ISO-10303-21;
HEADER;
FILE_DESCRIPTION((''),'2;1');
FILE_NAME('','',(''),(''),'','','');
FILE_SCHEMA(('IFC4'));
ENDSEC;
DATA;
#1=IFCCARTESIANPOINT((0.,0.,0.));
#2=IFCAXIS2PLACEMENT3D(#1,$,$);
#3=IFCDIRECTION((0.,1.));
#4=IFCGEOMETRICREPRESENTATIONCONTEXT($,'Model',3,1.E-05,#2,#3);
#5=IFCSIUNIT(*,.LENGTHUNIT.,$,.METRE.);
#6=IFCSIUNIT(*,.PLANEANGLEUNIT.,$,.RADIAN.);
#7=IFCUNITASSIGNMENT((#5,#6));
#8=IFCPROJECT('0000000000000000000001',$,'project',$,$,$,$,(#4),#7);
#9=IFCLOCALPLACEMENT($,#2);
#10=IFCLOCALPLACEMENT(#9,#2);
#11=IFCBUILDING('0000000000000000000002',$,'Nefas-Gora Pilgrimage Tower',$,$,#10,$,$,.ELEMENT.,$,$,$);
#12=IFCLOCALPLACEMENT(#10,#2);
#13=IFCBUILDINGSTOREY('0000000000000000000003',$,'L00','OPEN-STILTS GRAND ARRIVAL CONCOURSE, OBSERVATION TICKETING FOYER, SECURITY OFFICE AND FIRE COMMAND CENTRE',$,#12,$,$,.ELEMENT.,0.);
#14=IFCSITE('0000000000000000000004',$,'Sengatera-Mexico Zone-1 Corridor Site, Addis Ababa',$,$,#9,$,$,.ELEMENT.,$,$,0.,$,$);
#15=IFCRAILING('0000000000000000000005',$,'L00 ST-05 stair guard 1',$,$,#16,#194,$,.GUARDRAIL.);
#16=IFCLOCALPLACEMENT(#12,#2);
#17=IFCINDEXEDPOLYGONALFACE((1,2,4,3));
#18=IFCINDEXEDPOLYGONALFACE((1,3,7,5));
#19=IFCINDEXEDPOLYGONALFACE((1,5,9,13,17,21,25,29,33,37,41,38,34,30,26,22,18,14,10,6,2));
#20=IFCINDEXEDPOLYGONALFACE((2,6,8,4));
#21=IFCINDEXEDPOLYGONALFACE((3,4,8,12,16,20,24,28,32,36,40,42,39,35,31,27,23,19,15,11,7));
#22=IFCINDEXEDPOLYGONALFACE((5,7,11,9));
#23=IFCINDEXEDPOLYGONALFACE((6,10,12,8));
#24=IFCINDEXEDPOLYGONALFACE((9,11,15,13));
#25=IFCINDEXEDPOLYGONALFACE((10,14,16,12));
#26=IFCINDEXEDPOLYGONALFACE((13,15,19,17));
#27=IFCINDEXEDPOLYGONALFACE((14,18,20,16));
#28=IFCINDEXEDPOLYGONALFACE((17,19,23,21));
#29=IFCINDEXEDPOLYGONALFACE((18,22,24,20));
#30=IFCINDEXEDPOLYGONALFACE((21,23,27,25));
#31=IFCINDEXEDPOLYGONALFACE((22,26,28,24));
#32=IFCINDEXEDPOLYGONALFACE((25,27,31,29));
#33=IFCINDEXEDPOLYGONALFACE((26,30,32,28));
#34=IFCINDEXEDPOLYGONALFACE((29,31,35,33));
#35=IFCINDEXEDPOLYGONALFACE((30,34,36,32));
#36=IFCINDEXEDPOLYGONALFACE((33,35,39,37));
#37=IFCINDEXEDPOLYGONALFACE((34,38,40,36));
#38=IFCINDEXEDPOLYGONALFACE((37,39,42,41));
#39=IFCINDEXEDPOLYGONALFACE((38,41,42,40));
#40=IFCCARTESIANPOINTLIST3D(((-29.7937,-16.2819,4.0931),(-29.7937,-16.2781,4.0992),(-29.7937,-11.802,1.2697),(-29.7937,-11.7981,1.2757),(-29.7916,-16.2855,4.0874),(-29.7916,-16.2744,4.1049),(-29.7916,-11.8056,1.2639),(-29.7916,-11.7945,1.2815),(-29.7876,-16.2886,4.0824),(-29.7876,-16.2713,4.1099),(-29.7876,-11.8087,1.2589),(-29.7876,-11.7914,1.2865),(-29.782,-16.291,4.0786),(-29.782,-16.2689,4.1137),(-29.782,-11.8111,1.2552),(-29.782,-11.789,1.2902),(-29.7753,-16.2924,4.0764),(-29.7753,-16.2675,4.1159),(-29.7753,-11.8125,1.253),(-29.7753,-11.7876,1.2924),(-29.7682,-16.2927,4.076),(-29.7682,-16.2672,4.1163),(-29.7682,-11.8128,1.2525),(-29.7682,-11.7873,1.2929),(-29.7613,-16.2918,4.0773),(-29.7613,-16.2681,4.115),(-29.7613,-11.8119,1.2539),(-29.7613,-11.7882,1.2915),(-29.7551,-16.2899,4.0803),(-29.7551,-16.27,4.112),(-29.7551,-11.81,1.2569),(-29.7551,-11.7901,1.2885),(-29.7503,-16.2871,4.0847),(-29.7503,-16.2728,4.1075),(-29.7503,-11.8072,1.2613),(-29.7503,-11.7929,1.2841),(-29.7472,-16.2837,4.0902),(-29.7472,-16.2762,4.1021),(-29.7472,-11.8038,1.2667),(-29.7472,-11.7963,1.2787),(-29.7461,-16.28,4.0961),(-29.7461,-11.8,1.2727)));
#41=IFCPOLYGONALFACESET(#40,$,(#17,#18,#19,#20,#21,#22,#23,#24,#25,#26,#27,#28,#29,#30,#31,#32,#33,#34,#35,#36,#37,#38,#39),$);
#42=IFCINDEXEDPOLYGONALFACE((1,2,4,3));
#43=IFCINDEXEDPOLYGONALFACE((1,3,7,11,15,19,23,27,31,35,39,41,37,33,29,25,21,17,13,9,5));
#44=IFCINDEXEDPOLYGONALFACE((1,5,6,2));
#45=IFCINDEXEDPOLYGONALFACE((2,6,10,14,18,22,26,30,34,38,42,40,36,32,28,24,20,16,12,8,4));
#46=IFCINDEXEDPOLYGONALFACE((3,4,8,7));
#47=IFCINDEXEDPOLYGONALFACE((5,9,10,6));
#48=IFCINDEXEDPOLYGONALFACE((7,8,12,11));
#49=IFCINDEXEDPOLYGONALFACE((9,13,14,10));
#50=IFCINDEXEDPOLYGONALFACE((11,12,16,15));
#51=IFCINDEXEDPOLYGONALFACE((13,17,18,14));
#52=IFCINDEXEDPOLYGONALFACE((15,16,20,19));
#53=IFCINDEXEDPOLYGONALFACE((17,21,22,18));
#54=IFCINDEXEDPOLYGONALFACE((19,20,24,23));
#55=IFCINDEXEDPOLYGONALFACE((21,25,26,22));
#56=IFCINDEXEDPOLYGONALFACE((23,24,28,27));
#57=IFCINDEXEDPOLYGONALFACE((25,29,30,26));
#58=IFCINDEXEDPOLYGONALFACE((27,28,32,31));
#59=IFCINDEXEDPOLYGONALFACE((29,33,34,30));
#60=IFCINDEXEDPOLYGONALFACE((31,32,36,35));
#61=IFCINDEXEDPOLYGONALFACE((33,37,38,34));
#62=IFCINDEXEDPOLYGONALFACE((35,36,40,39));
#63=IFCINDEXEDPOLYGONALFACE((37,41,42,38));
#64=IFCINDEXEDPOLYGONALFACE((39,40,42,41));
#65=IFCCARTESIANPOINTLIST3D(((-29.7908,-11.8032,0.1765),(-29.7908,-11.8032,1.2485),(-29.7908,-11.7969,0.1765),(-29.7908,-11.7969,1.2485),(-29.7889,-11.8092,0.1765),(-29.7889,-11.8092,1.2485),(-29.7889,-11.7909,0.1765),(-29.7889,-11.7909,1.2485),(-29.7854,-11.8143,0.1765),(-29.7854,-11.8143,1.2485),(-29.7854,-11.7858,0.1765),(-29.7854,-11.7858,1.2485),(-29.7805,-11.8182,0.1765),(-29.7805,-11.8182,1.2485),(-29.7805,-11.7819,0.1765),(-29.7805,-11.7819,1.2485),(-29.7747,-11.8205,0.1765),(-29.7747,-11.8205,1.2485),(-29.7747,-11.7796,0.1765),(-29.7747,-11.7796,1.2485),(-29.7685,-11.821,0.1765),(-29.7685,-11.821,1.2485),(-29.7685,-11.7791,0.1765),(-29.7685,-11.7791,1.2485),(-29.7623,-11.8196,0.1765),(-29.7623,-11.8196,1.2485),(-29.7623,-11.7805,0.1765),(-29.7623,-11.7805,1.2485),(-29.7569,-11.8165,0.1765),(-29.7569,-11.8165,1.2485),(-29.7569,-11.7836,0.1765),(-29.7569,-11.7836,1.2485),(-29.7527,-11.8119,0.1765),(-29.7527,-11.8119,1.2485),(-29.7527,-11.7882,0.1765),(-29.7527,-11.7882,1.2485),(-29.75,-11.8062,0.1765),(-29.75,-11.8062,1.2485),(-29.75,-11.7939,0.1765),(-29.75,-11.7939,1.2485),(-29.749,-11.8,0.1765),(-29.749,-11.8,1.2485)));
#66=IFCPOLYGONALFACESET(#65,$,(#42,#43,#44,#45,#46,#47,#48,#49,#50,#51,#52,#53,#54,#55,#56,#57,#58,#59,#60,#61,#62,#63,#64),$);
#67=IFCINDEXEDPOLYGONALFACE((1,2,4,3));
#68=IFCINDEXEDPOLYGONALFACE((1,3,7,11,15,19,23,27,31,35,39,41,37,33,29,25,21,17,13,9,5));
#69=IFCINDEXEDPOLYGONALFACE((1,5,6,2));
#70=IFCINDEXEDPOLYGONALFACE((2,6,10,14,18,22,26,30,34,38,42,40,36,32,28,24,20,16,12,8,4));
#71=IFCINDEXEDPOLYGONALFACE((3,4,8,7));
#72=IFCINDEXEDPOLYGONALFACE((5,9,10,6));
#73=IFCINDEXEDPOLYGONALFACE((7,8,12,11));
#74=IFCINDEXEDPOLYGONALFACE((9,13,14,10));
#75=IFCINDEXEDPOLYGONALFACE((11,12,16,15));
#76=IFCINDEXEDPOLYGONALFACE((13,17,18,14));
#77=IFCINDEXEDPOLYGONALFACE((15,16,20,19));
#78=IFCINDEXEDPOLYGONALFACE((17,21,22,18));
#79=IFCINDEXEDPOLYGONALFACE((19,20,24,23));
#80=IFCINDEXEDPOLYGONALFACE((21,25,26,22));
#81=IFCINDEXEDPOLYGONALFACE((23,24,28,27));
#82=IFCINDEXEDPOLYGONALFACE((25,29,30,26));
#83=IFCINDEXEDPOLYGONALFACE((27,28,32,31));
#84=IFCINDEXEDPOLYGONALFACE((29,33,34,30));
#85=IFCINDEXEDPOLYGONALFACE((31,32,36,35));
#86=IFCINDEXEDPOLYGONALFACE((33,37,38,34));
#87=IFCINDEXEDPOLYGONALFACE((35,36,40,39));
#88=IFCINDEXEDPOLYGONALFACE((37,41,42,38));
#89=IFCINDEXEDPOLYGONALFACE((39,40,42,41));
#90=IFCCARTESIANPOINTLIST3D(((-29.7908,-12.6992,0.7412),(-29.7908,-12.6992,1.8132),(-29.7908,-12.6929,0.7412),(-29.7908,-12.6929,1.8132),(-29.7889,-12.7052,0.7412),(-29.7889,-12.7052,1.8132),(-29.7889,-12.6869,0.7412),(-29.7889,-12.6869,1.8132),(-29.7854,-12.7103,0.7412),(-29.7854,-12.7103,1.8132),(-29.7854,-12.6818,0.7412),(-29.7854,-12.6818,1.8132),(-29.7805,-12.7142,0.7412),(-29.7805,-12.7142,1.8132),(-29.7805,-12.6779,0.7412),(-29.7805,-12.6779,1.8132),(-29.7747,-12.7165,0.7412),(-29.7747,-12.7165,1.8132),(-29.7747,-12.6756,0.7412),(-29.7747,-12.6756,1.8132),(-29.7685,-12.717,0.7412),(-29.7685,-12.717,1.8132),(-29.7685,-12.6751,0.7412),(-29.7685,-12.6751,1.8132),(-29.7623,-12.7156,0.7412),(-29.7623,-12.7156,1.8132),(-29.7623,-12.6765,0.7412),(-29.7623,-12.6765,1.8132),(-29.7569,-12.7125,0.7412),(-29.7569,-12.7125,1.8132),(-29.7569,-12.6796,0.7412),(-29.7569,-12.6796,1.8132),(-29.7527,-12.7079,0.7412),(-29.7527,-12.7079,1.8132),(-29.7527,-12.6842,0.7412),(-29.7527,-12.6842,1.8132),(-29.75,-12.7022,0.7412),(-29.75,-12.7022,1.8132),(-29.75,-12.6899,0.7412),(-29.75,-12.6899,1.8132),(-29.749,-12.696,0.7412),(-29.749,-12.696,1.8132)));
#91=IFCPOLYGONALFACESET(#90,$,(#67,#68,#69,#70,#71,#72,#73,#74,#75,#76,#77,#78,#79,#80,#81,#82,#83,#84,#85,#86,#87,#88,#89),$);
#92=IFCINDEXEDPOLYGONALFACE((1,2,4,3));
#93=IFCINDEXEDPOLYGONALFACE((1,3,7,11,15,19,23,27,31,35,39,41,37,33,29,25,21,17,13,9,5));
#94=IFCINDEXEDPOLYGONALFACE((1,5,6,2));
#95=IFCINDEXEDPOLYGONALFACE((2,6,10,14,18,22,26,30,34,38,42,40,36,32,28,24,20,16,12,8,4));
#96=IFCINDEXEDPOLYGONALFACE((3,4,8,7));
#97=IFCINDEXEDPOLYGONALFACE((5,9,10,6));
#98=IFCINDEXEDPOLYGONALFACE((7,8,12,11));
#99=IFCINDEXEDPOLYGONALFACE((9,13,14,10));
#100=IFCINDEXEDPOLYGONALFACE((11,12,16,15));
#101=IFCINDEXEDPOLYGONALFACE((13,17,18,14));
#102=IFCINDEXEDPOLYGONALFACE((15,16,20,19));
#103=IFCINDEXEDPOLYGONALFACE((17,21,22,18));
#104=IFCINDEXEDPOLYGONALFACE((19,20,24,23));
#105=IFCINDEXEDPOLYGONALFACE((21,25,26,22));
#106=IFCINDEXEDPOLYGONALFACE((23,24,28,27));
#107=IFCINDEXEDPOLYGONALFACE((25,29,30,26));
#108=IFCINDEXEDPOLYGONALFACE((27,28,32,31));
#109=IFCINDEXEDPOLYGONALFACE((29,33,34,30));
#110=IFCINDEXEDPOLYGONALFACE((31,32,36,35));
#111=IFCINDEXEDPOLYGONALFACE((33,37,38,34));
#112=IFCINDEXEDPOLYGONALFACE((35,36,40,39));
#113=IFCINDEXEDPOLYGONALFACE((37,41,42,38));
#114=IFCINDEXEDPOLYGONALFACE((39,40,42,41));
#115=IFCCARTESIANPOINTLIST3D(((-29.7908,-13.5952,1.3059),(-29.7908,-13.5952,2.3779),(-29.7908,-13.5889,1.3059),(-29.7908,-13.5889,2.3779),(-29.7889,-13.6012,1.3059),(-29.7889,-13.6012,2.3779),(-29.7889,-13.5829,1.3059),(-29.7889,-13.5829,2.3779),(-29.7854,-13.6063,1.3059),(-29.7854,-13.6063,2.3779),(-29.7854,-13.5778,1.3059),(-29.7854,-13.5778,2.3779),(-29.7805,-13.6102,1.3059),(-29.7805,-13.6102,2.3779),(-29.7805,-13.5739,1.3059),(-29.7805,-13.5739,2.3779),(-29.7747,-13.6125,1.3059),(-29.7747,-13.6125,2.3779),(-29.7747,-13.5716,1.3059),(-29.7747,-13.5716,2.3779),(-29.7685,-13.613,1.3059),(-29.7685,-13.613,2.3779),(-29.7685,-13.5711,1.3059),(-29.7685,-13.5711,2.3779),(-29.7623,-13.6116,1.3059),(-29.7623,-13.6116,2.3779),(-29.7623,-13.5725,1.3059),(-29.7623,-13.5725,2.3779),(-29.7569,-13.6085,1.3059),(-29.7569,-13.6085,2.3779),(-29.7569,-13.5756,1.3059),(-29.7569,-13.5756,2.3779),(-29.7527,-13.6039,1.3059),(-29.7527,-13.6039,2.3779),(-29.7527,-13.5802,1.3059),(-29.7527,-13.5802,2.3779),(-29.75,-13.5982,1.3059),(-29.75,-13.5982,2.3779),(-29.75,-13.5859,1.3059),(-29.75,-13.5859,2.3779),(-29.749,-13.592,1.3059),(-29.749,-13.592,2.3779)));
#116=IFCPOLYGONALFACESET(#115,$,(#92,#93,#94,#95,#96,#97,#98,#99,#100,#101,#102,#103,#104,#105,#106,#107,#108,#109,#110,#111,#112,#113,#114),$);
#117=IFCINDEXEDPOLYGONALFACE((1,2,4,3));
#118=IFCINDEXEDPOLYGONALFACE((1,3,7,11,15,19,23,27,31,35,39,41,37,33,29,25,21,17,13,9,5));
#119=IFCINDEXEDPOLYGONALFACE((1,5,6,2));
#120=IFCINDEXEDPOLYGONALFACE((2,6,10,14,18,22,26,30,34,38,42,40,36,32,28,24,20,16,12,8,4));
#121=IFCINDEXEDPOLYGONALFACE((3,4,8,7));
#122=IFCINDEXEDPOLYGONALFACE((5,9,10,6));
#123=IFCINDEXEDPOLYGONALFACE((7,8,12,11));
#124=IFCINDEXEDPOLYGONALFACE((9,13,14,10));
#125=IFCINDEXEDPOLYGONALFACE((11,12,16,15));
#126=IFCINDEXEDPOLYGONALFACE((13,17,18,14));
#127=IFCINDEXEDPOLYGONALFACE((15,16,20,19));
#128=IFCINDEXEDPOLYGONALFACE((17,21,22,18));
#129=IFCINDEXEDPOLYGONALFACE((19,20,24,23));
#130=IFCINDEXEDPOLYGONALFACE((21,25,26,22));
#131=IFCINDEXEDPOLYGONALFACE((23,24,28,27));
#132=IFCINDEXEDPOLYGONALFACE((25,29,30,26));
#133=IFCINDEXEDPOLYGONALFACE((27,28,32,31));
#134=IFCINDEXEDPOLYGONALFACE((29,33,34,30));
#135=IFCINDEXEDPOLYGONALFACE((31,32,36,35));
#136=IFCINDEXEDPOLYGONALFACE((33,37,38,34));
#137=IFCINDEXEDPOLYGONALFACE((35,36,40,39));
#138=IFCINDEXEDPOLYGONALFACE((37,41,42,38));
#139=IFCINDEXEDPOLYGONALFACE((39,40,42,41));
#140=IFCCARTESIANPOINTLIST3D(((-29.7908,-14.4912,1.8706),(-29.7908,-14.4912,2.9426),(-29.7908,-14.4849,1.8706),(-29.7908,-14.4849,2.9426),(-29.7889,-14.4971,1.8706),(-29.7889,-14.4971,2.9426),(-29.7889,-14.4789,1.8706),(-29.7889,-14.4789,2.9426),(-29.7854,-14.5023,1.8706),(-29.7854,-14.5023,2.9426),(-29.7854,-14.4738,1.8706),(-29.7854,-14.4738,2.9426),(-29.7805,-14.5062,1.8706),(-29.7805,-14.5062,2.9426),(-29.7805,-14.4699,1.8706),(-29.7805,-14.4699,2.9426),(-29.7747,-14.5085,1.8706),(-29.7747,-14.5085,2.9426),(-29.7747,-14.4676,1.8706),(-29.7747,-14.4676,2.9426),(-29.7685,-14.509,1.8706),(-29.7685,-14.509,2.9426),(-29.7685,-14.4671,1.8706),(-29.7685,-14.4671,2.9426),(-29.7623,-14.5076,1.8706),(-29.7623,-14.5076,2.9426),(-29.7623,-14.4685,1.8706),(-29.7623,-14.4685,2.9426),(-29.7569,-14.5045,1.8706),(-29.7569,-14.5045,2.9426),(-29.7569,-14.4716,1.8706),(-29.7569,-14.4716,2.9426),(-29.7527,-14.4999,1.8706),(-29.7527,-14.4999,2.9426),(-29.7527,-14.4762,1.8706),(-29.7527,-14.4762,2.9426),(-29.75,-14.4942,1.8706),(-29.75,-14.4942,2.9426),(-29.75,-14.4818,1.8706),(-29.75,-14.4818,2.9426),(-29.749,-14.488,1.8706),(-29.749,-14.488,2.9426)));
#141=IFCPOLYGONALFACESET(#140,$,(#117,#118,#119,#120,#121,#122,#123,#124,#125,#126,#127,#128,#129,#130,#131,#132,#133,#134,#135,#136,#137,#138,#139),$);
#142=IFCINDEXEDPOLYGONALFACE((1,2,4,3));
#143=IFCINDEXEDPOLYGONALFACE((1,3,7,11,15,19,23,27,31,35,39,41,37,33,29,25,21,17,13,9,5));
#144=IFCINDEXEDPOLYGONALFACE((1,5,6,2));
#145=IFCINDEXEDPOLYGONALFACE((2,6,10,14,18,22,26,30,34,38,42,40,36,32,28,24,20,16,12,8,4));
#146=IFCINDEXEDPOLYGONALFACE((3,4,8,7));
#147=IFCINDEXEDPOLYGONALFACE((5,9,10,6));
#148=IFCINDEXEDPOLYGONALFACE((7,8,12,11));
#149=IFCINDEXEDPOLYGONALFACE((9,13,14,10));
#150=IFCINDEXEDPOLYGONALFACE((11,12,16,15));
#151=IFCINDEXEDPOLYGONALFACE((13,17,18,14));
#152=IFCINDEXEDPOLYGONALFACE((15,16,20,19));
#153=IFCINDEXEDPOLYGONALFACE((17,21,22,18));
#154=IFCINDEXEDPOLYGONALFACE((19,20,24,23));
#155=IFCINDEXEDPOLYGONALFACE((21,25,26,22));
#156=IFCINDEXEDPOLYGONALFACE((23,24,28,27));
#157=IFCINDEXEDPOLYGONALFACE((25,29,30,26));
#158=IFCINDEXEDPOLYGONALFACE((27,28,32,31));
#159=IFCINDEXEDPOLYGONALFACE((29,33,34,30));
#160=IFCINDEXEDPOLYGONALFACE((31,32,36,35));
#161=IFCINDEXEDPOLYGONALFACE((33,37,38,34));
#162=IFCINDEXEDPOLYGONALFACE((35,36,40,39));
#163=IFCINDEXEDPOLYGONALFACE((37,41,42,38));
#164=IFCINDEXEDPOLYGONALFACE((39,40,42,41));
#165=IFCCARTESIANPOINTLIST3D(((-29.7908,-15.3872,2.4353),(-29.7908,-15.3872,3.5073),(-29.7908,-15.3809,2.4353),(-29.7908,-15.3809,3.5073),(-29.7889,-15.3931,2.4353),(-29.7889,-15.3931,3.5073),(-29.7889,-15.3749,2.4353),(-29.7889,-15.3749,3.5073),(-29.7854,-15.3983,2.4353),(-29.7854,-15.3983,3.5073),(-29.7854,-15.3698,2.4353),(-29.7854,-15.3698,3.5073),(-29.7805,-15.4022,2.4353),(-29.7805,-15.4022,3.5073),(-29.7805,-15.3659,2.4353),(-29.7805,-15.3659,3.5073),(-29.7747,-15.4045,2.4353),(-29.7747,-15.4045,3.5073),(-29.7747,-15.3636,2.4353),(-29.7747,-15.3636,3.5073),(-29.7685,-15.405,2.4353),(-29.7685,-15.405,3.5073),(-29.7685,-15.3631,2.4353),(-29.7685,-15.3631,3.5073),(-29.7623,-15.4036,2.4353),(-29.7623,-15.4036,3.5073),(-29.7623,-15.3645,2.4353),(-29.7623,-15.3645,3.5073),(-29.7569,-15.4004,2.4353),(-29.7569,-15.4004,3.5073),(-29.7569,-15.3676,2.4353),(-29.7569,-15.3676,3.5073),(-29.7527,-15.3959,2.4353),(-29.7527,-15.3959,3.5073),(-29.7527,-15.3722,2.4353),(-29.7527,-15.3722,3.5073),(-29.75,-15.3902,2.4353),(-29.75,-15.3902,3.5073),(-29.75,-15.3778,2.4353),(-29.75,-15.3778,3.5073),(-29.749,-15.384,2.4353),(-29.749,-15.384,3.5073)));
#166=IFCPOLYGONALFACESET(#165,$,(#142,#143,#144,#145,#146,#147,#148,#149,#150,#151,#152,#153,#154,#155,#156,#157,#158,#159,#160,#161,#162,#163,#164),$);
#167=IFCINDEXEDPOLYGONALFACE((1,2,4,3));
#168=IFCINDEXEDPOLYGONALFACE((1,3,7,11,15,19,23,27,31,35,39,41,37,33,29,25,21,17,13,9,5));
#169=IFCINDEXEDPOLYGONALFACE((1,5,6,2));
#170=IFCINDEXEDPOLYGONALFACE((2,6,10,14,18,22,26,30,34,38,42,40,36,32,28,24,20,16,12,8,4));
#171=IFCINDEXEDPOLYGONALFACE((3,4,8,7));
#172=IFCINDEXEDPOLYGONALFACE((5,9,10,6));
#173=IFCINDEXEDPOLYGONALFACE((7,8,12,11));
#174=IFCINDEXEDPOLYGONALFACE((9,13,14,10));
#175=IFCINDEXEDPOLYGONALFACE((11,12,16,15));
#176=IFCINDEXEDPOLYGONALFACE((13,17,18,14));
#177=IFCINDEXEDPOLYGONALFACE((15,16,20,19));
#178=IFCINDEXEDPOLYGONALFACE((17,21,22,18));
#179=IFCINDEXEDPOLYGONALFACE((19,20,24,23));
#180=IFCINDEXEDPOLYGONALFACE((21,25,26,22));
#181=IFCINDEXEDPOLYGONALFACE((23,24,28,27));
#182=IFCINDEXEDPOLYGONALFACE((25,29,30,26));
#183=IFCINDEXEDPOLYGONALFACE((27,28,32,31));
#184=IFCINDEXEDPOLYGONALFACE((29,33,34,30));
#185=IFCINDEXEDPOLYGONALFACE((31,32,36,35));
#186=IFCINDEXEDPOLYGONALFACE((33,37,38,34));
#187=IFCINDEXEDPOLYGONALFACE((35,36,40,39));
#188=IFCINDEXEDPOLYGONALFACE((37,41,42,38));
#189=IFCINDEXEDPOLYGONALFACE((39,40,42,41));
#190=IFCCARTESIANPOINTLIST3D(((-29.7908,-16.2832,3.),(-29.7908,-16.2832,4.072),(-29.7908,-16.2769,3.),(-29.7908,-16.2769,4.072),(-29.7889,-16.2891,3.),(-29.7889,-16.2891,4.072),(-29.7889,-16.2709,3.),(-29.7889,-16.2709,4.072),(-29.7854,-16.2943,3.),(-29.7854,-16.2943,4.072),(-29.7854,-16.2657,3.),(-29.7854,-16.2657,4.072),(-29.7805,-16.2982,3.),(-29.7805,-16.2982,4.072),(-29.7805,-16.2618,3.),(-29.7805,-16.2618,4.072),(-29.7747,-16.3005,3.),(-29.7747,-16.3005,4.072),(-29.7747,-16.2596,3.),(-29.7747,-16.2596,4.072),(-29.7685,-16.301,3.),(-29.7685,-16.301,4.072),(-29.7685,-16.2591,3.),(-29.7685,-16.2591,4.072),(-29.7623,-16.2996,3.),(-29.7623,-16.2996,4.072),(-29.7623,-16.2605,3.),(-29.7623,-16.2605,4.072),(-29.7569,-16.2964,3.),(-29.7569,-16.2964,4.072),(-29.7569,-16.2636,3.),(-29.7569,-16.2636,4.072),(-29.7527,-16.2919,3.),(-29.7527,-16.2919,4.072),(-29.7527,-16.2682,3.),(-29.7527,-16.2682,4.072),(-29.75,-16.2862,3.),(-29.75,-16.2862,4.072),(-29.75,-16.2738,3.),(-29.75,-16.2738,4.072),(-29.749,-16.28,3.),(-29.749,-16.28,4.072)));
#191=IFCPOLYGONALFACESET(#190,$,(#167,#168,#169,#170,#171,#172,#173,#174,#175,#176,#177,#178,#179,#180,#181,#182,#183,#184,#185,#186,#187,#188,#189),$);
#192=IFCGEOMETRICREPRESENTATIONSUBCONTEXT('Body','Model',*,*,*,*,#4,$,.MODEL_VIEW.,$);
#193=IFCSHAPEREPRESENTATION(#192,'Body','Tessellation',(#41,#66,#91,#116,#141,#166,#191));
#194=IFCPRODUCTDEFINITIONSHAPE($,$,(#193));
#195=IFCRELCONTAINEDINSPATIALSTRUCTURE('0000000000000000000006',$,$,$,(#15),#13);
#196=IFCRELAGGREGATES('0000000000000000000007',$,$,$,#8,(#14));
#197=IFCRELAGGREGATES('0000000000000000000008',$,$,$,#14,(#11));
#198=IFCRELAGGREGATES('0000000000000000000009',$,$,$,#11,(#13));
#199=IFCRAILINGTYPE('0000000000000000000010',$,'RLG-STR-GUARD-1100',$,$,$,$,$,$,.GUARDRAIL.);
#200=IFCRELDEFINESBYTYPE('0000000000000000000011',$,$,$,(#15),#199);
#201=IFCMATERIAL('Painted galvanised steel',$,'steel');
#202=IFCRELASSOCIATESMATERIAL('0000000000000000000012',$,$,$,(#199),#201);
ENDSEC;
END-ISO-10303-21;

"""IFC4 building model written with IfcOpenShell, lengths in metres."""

from ifc_helpers import new_model, si_unit, direction, frame, origin, origin_2d, place, context, subcontext, project, spatial, circle, extrude, material, type_object, element, save


model = new_model("IFC4")

# Units and contexts
model_context = context("Model", 3, precision=1e-05, world=origin(), true_north=direction((0.0, 1.0)))
body_context = subcontext(model_context, "Body", "Model", "MODEL_VIEW")
ifc_project = project(units=[si_unit("LENGTHUNIT", "METRE"), si_unit("PLANEANGLEUNIT", "RADIAN")], contexts=[model_context])

# Site, building, storey
site_placement = place(None, origin())
site = spatial("IfcSite", under=ifc_project, at=site_placement, Name="Sengatera-Mexico Zone-1 Corridor Site, Addis Ababa", CompositionType="ELEMENT", RefElevation=0.0)
building_placement = place(site_placement, origin())
building = spatial("IfcBuilding", under=site, at=building_placement, Name="Nefas-Gora Pilgrimage Tower", CompositionType="ELEMENT")
storey_placement = place(building_placement, origin())
storey = spatial("IfcBuildingStorey", under=building, at=storey_placement, Name="L00", Description="OPEN-STILTS GRAND ARRIVAL CONCOURSE, OBSERVATION TICKETING FOYER, SECURITY OFFICE AND FIRE COMMAND CENTRE", CompositionType="ELEMENT", Elevation=0.0)

# Railing
ifc_material_1 = material(Name="Painted galvanised steel", Category="steel")
railing_type_1 = type_object("IfcRailingType", Name="RLG-STR-GUARD-1100", PredefinedType="GUARDRAIL", material=ifc_material_1)
railing_1_placement = place(storey_placement, frame((-29.77, -11.8, 0.1765)))
element("IfcRailing", 1, at=railing_1_placement, inside=storey, type_object=railing_type_1, Name="L00 ST-05 stair guard 1", PredefinedType="GUARDRAIL", context=body_context, shape_type="SweptSolid", body=[
    extrude(circle(Radius=0.0239, at=origin_2d()), frame((0.0, 0.0, 1.0962), z_axis=(0.0, -0.845998, 0.533186), x_axis=(1.0, 0.0, 0.0)), (0.0, 0.0, 1.0), 5.2954),
    extrude(circle(Radius=0.021, at=origin_2d()), origin(), (0.0, 0.0, 1.0), 1.072),
    extrude(circle(Radius=0.021, at=origin_2d()), frame((0.0, -0.896, 0.5647)), (0.0, 0.0, 1.0), 1.072),
    extrude(circle(Radius=0.021, at=origin_2d()), frame((0.0, -1.792, 1.1294)), (0.0, 0.0, 1.0), 1.072),
    extrude(circle(Radius=0.021, at=origin_2d()), frame((0.0, -2.688, 1.6941)), (0.0, 0.0, 1.0), 1.072),
    extrude(circle(Radius=0.021, at=origin_2d()), frame((0.0, -3.584, 2.2588)), (0.0, 0.0, 1.0), 1.072),
    extrude(circle(Radius=0.021, at=origin_2d()), frame((0.0, -4.48, 2.8235)), (0.0, 0.0, 1.0), 1.072),
])

save(model, "model.ifc")
